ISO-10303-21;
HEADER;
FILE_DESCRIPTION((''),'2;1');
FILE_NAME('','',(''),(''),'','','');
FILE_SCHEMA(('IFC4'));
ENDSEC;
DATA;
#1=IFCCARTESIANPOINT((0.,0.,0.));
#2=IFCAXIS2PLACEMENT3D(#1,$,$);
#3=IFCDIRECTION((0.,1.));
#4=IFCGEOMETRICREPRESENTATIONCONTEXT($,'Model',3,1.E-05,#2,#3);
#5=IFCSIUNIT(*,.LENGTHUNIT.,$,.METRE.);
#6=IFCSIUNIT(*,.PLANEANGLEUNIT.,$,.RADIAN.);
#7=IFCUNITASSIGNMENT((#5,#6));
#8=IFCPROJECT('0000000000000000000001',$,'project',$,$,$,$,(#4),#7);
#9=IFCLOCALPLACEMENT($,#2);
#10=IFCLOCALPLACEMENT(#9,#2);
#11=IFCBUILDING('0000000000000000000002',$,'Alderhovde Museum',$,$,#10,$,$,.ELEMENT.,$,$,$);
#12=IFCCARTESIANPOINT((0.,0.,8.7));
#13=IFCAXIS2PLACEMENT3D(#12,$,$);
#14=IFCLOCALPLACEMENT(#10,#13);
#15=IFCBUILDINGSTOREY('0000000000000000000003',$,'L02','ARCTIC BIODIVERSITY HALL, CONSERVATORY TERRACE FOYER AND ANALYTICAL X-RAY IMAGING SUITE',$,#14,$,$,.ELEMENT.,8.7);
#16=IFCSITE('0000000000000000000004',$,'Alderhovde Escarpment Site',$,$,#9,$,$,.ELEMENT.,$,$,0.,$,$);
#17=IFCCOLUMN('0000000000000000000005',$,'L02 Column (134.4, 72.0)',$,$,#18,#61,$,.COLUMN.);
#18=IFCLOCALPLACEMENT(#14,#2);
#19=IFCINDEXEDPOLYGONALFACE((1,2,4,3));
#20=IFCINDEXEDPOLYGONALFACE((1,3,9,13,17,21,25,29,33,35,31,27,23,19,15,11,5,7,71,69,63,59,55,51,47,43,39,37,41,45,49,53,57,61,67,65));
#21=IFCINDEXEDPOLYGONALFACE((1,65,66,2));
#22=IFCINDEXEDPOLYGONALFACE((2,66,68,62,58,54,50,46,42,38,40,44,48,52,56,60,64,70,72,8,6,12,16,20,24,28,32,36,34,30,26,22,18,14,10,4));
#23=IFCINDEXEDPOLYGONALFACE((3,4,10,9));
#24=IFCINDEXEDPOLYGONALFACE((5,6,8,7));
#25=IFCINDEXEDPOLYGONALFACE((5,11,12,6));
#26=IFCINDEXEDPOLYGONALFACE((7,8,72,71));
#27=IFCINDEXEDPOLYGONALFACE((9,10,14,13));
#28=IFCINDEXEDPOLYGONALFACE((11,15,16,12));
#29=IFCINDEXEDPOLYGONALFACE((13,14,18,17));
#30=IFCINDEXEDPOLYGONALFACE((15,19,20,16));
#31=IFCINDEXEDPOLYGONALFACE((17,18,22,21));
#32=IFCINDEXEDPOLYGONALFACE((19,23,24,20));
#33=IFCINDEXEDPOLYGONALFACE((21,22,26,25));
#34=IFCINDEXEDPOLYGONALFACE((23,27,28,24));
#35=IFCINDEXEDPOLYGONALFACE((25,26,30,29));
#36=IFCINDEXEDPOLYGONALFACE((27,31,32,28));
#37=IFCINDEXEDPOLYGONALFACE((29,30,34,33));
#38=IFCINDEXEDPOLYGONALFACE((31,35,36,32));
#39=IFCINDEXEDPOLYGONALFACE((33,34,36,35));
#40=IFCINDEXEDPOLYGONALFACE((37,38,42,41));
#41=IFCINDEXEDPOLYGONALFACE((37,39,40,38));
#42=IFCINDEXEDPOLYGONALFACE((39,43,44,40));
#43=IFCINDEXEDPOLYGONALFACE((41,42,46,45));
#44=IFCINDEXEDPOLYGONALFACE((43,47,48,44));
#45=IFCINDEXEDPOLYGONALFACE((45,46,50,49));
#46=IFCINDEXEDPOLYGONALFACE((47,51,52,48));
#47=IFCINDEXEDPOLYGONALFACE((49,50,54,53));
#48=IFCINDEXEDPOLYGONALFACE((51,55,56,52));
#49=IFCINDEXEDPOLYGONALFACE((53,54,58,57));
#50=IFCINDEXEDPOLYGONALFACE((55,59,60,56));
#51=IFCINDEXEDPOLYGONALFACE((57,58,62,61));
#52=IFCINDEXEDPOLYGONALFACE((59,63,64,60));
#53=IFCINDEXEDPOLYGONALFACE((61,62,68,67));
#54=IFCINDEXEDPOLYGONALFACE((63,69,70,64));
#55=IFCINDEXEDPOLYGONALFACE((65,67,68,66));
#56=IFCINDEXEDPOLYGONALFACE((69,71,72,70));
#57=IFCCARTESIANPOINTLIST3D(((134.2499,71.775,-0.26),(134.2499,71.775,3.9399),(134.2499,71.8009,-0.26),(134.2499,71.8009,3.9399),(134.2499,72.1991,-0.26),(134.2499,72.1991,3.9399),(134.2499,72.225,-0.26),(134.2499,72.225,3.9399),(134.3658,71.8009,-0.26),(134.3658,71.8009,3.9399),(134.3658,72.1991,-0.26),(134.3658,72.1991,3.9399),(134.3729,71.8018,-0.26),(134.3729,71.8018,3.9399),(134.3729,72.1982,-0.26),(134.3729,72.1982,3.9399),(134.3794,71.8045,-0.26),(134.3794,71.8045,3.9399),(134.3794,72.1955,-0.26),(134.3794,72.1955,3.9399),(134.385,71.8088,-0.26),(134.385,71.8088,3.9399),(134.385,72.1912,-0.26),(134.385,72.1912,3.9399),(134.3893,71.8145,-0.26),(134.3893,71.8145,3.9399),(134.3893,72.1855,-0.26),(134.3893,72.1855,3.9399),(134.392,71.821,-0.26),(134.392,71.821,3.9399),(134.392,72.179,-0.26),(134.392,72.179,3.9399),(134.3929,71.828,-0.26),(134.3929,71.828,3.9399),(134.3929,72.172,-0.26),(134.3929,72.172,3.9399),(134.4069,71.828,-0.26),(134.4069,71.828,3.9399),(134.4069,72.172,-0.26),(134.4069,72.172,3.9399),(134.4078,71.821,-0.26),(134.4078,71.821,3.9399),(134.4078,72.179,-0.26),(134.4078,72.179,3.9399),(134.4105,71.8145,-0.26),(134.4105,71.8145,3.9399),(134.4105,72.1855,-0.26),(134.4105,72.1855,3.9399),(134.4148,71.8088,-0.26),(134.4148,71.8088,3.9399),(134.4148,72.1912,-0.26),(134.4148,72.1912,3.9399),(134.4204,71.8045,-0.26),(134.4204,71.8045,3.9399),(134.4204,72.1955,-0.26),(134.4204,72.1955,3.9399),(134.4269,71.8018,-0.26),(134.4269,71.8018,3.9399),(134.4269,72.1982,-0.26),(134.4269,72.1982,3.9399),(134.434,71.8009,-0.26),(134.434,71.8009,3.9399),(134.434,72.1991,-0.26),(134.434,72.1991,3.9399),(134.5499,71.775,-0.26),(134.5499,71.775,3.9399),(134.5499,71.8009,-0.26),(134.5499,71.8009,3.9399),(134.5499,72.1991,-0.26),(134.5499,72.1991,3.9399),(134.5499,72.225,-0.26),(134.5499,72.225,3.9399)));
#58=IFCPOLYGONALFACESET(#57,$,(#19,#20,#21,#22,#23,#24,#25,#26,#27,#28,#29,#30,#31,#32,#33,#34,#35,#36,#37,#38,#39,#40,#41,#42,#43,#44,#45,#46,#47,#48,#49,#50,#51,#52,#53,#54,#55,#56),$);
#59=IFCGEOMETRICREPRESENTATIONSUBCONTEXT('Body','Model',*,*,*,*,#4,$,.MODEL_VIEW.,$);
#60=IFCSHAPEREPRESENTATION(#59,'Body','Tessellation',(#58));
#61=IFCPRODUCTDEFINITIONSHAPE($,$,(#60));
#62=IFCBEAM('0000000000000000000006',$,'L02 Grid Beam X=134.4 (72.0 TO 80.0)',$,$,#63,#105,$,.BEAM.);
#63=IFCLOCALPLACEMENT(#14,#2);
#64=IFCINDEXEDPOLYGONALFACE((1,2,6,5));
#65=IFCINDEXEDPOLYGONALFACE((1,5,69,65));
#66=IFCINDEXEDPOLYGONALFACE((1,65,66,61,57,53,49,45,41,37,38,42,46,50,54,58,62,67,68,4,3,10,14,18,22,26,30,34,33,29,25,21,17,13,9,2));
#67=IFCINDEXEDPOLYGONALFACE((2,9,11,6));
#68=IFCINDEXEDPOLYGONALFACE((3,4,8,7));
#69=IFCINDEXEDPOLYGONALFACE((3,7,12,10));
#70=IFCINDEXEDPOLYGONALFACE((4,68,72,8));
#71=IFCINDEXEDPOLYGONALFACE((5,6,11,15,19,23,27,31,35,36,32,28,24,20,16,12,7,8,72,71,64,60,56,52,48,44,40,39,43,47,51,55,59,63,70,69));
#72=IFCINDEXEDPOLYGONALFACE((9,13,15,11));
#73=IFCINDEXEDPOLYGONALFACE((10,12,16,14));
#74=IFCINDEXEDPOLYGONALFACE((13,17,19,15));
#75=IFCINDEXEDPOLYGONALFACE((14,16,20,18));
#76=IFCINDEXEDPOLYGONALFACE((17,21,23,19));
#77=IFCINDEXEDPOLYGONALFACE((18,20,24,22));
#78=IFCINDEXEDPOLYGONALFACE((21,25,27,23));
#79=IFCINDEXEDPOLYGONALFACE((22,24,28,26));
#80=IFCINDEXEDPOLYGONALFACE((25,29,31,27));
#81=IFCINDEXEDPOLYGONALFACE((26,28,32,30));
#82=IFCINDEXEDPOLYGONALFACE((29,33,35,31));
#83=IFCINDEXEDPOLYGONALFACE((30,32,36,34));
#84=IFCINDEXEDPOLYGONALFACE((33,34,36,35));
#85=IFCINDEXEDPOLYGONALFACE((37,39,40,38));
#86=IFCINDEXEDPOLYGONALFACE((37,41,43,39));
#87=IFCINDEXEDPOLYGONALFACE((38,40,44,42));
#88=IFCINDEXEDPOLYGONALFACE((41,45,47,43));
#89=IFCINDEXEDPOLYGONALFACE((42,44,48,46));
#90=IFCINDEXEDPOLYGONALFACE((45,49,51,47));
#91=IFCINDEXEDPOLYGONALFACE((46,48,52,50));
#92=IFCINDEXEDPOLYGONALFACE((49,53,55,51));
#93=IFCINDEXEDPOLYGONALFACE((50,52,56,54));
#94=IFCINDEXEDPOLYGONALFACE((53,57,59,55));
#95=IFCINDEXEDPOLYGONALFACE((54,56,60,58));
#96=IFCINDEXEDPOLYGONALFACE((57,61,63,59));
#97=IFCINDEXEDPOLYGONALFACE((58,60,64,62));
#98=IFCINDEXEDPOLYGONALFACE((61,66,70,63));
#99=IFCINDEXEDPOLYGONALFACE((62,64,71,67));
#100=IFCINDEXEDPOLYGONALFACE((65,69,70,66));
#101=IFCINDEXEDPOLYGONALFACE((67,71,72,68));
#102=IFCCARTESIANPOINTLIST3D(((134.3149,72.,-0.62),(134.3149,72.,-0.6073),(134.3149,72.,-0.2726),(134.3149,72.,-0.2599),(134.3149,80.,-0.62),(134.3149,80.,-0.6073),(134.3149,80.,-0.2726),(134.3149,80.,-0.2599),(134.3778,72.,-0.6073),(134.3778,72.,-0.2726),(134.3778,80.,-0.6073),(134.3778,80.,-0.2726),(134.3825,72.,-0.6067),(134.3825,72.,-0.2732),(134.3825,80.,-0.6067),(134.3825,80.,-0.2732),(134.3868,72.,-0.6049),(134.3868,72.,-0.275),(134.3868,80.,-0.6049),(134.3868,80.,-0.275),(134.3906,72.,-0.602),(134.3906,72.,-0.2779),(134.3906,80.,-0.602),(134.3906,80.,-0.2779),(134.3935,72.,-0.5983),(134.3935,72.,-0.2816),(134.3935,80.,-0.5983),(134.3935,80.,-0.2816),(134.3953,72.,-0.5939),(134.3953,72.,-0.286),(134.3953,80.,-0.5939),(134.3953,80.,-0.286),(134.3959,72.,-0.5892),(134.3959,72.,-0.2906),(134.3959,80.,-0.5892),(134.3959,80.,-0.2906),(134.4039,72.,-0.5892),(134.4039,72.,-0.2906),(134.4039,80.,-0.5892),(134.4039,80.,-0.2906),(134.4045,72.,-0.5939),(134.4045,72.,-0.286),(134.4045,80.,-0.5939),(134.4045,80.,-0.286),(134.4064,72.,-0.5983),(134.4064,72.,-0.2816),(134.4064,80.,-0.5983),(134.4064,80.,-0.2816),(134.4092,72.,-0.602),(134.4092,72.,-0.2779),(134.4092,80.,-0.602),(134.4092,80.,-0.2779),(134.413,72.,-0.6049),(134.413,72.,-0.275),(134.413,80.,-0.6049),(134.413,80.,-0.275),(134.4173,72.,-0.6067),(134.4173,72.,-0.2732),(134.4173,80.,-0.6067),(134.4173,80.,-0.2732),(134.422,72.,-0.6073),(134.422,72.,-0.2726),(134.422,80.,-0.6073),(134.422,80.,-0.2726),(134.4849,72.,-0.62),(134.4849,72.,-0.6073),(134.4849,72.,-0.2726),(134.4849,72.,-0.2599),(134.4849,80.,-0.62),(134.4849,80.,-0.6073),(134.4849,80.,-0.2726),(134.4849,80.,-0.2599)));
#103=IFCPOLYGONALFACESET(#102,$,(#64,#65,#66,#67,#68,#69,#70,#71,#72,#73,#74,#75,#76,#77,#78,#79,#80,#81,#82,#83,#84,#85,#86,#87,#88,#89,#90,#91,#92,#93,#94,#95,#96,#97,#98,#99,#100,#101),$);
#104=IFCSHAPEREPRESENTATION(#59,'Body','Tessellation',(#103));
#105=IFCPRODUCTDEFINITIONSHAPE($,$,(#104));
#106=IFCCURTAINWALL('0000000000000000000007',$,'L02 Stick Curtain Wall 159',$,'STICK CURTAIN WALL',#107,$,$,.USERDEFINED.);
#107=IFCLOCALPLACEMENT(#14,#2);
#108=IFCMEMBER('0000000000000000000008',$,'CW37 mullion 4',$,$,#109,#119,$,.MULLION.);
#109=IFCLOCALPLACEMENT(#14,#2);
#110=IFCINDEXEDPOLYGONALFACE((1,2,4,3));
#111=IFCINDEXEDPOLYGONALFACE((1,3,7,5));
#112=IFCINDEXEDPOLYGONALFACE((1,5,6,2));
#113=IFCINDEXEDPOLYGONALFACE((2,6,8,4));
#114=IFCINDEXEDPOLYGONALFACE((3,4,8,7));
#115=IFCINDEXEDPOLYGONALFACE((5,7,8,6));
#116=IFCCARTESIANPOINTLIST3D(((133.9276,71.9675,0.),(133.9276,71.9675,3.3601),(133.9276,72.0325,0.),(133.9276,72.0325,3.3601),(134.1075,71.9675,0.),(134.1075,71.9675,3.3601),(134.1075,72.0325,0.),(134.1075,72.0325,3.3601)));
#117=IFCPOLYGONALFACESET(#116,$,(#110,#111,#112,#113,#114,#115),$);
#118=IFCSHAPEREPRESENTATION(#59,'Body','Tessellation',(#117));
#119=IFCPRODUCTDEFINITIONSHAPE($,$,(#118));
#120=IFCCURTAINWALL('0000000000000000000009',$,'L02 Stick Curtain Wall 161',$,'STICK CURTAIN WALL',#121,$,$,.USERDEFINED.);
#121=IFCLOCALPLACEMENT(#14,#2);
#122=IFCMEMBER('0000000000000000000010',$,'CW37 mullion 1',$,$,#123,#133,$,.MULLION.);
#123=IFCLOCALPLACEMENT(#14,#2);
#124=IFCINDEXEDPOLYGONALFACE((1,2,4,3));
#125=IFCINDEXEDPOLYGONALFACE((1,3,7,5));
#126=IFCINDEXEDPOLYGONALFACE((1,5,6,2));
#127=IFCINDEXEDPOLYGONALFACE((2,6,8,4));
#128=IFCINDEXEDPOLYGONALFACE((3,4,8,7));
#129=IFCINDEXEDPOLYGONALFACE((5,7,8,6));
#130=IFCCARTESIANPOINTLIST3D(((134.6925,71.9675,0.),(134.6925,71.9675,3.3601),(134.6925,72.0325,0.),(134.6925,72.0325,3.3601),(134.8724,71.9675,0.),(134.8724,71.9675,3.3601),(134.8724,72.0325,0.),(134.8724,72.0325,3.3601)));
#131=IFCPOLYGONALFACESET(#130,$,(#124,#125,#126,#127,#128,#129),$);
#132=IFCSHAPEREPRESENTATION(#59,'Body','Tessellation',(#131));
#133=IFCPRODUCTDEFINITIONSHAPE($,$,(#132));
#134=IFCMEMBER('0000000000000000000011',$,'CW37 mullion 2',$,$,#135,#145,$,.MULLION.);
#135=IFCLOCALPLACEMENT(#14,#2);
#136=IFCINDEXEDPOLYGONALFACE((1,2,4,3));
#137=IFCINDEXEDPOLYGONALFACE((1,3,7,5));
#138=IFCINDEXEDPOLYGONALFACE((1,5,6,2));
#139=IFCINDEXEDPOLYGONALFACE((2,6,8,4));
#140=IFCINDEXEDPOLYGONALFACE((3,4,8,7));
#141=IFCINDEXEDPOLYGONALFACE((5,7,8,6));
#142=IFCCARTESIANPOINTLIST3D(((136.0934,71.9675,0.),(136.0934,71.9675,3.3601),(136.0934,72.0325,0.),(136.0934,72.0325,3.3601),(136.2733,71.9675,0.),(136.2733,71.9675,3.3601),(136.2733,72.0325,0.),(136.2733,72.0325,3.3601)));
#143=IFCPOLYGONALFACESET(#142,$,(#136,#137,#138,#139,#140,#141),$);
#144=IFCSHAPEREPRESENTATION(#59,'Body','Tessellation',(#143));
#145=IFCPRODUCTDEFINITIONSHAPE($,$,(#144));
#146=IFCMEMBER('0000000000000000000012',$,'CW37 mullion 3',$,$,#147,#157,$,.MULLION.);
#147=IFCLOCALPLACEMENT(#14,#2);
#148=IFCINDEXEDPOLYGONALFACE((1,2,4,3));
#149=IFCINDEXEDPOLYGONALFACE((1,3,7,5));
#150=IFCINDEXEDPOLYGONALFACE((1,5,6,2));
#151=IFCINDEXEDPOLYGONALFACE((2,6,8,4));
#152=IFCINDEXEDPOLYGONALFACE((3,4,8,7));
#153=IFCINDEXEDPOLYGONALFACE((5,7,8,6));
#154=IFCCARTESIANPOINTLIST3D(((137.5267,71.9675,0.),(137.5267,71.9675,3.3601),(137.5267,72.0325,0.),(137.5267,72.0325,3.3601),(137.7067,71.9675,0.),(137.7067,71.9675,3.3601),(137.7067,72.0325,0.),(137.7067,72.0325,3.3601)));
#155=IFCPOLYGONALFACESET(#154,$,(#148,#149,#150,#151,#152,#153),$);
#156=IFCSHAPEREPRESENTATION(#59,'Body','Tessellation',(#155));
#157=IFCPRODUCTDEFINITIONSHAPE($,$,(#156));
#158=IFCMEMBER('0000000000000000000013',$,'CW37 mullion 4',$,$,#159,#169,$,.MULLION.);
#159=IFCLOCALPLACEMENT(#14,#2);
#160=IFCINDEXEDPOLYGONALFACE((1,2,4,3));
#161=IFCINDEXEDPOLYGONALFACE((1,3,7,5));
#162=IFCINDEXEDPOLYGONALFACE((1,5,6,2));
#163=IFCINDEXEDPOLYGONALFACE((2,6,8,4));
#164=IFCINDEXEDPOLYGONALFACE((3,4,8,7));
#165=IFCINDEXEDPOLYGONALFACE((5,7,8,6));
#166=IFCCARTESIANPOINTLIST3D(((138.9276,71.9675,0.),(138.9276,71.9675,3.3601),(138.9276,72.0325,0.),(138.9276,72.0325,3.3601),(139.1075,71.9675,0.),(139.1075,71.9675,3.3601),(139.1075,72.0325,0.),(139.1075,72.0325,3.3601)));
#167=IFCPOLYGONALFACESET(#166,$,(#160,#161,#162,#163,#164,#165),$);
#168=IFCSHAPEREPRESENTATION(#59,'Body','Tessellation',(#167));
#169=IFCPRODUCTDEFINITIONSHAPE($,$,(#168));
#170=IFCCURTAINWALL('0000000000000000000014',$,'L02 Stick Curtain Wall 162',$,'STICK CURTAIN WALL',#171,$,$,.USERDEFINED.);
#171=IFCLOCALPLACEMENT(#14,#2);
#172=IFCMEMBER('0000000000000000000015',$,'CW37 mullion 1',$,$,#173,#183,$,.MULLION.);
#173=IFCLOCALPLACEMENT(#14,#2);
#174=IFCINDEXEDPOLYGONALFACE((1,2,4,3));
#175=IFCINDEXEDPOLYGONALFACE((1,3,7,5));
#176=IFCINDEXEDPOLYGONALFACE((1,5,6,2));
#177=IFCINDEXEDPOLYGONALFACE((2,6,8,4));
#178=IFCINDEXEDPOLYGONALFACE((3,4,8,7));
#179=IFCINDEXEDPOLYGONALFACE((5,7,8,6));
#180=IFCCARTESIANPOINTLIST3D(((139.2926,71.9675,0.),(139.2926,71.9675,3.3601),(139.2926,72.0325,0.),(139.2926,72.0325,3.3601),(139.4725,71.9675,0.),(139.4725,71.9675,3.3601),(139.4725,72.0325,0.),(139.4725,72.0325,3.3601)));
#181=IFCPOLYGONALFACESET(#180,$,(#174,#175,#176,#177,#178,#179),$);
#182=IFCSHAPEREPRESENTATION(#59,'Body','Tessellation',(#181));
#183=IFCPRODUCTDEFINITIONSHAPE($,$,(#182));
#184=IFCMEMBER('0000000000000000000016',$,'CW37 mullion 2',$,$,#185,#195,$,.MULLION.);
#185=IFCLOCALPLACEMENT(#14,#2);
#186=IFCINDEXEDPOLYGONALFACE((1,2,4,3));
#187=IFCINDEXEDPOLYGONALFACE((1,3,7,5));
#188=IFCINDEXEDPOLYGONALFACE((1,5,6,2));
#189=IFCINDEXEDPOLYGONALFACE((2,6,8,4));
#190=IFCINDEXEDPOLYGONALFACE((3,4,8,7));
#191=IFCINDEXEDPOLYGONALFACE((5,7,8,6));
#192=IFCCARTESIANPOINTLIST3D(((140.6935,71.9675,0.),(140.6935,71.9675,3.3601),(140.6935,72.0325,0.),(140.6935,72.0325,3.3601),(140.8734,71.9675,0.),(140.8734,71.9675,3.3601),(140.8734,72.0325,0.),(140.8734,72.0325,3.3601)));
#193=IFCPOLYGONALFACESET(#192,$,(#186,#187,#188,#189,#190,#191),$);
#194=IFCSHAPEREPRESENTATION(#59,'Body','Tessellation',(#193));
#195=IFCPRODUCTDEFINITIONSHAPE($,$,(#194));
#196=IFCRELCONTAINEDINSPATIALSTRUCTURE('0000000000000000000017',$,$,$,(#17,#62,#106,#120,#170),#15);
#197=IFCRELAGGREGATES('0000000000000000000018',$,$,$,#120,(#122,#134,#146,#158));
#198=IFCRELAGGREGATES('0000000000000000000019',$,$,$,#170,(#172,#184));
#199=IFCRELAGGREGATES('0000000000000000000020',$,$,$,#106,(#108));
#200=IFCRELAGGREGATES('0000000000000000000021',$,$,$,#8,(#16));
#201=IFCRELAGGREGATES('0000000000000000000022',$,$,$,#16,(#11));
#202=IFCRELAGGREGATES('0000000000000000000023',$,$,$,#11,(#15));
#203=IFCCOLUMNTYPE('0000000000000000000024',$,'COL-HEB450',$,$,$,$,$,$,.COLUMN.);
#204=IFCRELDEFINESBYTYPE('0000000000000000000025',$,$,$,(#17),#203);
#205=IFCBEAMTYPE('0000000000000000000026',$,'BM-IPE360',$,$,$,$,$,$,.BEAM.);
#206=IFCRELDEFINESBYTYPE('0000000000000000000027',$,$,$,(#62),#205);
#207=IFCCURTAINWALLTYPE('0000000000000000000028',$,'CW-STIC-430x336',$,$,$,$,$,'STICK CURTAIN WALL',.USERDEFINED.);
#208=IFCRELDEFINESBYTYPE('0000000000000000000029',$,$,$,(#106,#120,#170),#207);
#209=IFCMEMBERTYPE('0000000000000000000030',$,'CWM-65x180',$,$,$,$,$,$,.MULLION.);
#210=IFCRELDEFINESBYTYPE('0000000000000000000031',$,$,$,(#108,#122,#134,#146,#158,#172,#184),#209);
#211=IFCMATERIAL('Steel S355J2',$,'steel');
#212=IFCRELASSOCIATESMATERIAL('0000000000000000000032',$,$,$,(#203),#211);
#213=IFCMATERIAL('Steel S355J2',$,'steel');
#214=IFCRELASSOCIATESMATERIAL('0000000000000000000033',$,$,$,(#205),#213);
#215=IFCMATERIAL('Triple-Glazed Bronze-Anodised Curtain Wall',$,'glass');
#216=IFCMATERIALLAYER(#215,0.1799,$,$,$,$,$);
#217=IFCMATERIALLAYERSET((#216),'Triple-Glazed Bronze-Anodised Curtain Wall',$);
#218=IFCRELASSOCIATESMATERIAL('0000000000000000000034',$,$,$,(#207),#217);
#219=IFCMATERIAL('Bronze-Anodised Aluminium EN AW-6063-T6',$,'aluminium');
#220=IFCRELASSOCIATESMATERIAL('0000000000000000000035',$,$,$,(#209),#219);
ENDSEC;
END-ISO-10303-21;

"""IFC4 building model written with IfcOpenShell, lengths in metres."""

from ifc_helpers import new_model, si_unit, direction, frame, origin, origin_2d, place, context, subcontext, project, spatial, rectangle, i_section, extrude, material, layer, layer_set, material_profile, profile_set, type_object, element, aggregate, save


model = new_model("IFC4")

# Units and contexts
model_context = context("Model", 3, precision=1e-05, world=origin(), true_north=direction((0.0, 1.0)))
body_context = subcontext(model_context, "Body", "Model", "MODEL_VIEW")
ifc_project = project(units=[si_unit("LENGTHUNIT", "METRE"), si_unit("PLANEANGLEUNIT", "RADIAN")], contexts=[model_context])

# Site, building, storey
site_placement = place(None, origin())
site = spatial("IfcSite", under=ifc_project, at=site_placement, Name="Alderhovde Escarpment Site", CompositionType="ELEMENT", RefElevation=0.0)
building_placement = place(site_placement, origin())
building = spatial("IfcBuilding", under=site, at=building_placement, Name="Alderhovde Museum", CompositionType="ELEMENT")
storey_placement = place(building_placement, frame((0.0, 0.0, 8.7)))
storey = spatial("IfcBuildingStorey", under=building, at=storey_placement, Name="L02", Description="ARCTIC BIODIVERSITY HALL, CONSERVATORY TERRACE FOYER AND ANALYTICAL X-RAY IMAGING SUITE", CompositionType="ELEMENT", Elevation=8.7)

# Column
ifc_material_1 = material(Name="Steel S355J2", Category="steel")
ifc_material_profile_1 = material_profile(ifc_material_1, i_section(OverallWidth=0.3, OverallDepth=0.45, WebThickness=0.0139, FlangeThickness=0.0259, FilletRadius=0.0271, at=origin_2d()), Name="HEB 450")
ifc_profile_set_1 = profile_set([ifc_material_profile_1], Name="Steel S355J2")
column_type = type_object("IfcColumnType", Name="COL-HEB450", PredefinedType="COLUMN", material=ifc_profile_set_1)
column_placement = place(storey_placement, frame((134.3999, 72.0, -0.26), z_axis=(0.0, 0.0, 1.0), x_axis=(1.0, 0.0, 0.0)))
element("IfcColumn", 1, at=column_placement, inside=storey, type_object=column_type, Name="L02 Column (134.4, 72.0)", PredefinedType="COLUMN", context=body_context, shape_type="SweptSolid", body=[
    extrude(i_section(OverallWidth=0.3, OverallDepth=0.45, WebThickness=0.0139, FlangeThickness=0.0259, FilletRadius=0.0271, at=origin_2d()), origin(), (0.0, 0.0, 1.0), 4.2),
])

# Beam
ifc_material_2 = material(Name="Steel S355J2", Category="steel")
ifc_material_profile_2 = material_profile(ifc_material_2, i_section(OverallWidth=0.1699, OverallDepth=0.3601, WebThickness=0.0081, FlangeThickness=0.0127, FilletRadius=0.0181, at=origin_2d()), Name="IPE 360")
ifc_profile_set_2 = profile_set([ifc_material_profile_2], Name="Steel S355J2")
beam_type_1 = type_object("IfcBeamType", Name="BM-IPE360", PredefinedType="BEAM", material=ifc_profile_set_2)
beam_1_placement = place(storey_placement, frame((134.3999, 72.0, -0.4399), z_axis=(0.0, 1.0, 0.0), x_axis=(-1.0, 0.0, 0.0)))
element("IfcBeam", 2, at=beam_1_placement, inside=storey, type_object=beam_type_1, Name="L02 Grid Beam X=134.4 (72.0 TO 80.0)", PredefinedType="BEAM", context=body_context, shape_type="SweptSolid", body=[
    extrude(i_section(OverallWidth=0.1699, OverallDepth=0.3601, WebThickness=0.0081, FlangeThickness=0.0127, FilletRadius=0.0181, at=origin_2d()), origin(), (0.0, 0.0, 1.0), 8.0),
])

# Curtain wall, member
ifc_material_3 = material(Name="Triple-Glazed Bronze-Anodised Curtain Wall", Category="glass")
ifc_layer_1 = layer(ifc_material_3, 0.1799)
ifc_layer_set_1 = layer_set([ifc_layer_1], Name="Triple-Glazed Bronze-Anodised Curtain Wall")
curtain_wall_type = type_object("IfcCurtainWallType", Name="CW-STIC-430x336", ElementType="STICK CURTAIN WALL", PredefinedType="USERDEFINED", material=ifc_layer_set_1)
curtain_wall_1_placement = place(storey_placement, origin())
curtain_wall_1 = element("IfcCurtainWall", 3, at=curtain_wall_1_placement, inside=storey, type_object=curtain_wall_type, Name="L02 Stick Curtain Wall 159", ObjectType="STICK CURTAIN WALL", PredefinedType="USERDEFINED")
ifc_material_4 = material(Name="Bronze-Anodised Aluminium EN AW-6063-T6", Category="aluminium")
ifc_material_profile_3 = material_profile(ifc_material_4, rectangle(XDim=0.0649, YDim=0.1799, at=origin_2d()), Name="MULLION 65x180")
ifc_profile_set_3 = profile_set([ifc_material_profile_3], Name="Bronze-Anodised Aluminium EN AW-6063-T6")
member_type_1 = type_object("IfcMemberType", Name="CWM-65x180", PredefinedType="MULLION", material=ifc_profile_set_3)
member_1_placement = place(storey_placement, frame((134.0176, 72.0, 0.0), z_axis=(0.0, 0.0, 1.0), x_axis=(0.0, 1.0, 0.0)))
member_1 = element("IfcMember", 4, at=member_1_placement, type_object=member_type_1, Name="CW37 mullion 4", PredefinedType="MULLION", context=body_context, shape_type="SweptSolid", body=[
    extrude(rectangle(XDim=0.0649, YDim=0.1799, at=origin_2d()), origin(), (0.0, 0.0, 1.0), 3.3601),
])

# Curtain walls, members
curtain_wall_2_placement = place(storey_placement, origin())
curtain_wall_2 = element("IfcCurtainWall", 5, at=curtain_wall_2_placement, inside=storey, type_object=curtain_wall_type, Name="L02 Stick Curtain Wall 161", ObjectType="STICK CURTAIN WALL", PredefinedType="USERDEFINED")
member_2_placement = place(storey_placement, frame((134.7825, 72.0, 0.0), z_axis=(0.0, 0.0, 1.0), x_axis=(0.0, 1.0, 0.0)))
member_2 = element("IfcMember", 6, at=member_2_placement, type_object=member_type_1, Name="CW37 mullion 1", PredefinedType="MULLION", context=body_context, shape_type="SweptSolid", body=[
    extrude(rectangle(XDim=0.0649, YDim=0.1799, at=origin_2d()), origin(), (0.0, 0.0, 1.0), 3.3601),
])
member_3_placement = place(storey_placement, frame((136.1833, 72.0, 0.0), z_axis=(0.0, 0.0, 1.0), x_axis=(0.0, 1.0, 0.0)))
member_3 = element("IfcMember", 7, at=member_3_placement, type_object=member_type_1, Name="CW37 mullion 2", PredefinedType="MULLION", context=body_context, shape_type="SweptSolid", body=[
    extrude(rectangle(XDim=0.0649, YDim=0.1799, at=origin_2d()), origin(), (0.0, 0.0, 1.0), 3.3601),
])
member_4_placement = place(storey_placement, frame((137.6167, 72.0, 0.0), z_axis=(0.0, 0.0, 1.0), x_axis=(0.0, 1.0, 0.0)))
member_4 = element("IfcMember", 8, at=member_4_placement, type_object=member_type_1, Name="CW37 mullion 3", PredefinedType="MULLION", context=body_context, shape_type="SweptSolid", body=[
    extrude(rectangle(XDim=0.0649, YDim=0.1799, at=origin_2d()), origin(), (0.0, 0.0, 1.0), 3.3601),
])
member_5_placement = place(storey_placement, frame((139.0176, 72.0, 0.0), z_axis=(0.0, 0.0, 1.0), x_axis=(0.0, 1.0, 0.0)))
member_5 = element("IfcMember", 9, at=member_5_placement, type_object=member_type_1, Name="CW37 mullion 4", PredefinedType="MULLION", context=body_context, shape_type="SweptSolid", body=[
    extrude(rectangle(XDim=0.0649, YDim=0.1799, at=origin_2d()), origin(), (0.0, 0.0, 1.0), 3.3601),
])
curtain_wall_3_placement = place(storey_placement, origin())
curtain_wall_3 = element("IfcCurtainWall", 10, at=curtain_wall_3_placement, inside=storey, type_object=curtain_wall_type, Name="L02 Stick Curtain Wall 162", ObjectType="STICK CURTAIN WALL", PredefinedType="USERDEFINED")
member_6_placement = place(storey_placement, frame((139.3826, 72.0, 0.0), z_axis=(0.0, 0.0, 1.0), x_axis=(0.0, 1.0, 0.0)))
member_6 = element("IfcMember", 11, at=member_6_placement, type_object=member_type_1, Name="CW37 mullion 1", PredefinedType="MULLION", context=body_context, shape_type="SweptSolid", body=[
    extrude(rectangle(XDim=0.0649, YDim=0.1799, at=origin_2d()), origin(), (0.0, 0.0, 1.0), 3.3601),
])
member_7_placement = place(storey_placement, frame((140.7834, 72.0, 0.0), z_axis=(0.0, 0.0, 1.0), x_axis=(0.0, 1.0, 0.0)))
member_7 = element("IfcMember", 12, at=member_7_placement, type_object=member_type_1, Name="CW37 mullion 2", PredefinedType="MULLION", context=body_context, shape_type="SweptSolid", body=[
    extrude(rectangle(XDim=0.0649, YDim=0.1799, at=origin_2d()), origin(), (0.0, 0.0, 1.0), 3.3601),
])

aggregate(curtain_wall_2, [member_2, member_3, member_4, member_5])
aggregate(curtain_wall_3, [member_6, member_7])
aggregate(curtain_wall_1, [member_1])

save(model, "model.ifc")
